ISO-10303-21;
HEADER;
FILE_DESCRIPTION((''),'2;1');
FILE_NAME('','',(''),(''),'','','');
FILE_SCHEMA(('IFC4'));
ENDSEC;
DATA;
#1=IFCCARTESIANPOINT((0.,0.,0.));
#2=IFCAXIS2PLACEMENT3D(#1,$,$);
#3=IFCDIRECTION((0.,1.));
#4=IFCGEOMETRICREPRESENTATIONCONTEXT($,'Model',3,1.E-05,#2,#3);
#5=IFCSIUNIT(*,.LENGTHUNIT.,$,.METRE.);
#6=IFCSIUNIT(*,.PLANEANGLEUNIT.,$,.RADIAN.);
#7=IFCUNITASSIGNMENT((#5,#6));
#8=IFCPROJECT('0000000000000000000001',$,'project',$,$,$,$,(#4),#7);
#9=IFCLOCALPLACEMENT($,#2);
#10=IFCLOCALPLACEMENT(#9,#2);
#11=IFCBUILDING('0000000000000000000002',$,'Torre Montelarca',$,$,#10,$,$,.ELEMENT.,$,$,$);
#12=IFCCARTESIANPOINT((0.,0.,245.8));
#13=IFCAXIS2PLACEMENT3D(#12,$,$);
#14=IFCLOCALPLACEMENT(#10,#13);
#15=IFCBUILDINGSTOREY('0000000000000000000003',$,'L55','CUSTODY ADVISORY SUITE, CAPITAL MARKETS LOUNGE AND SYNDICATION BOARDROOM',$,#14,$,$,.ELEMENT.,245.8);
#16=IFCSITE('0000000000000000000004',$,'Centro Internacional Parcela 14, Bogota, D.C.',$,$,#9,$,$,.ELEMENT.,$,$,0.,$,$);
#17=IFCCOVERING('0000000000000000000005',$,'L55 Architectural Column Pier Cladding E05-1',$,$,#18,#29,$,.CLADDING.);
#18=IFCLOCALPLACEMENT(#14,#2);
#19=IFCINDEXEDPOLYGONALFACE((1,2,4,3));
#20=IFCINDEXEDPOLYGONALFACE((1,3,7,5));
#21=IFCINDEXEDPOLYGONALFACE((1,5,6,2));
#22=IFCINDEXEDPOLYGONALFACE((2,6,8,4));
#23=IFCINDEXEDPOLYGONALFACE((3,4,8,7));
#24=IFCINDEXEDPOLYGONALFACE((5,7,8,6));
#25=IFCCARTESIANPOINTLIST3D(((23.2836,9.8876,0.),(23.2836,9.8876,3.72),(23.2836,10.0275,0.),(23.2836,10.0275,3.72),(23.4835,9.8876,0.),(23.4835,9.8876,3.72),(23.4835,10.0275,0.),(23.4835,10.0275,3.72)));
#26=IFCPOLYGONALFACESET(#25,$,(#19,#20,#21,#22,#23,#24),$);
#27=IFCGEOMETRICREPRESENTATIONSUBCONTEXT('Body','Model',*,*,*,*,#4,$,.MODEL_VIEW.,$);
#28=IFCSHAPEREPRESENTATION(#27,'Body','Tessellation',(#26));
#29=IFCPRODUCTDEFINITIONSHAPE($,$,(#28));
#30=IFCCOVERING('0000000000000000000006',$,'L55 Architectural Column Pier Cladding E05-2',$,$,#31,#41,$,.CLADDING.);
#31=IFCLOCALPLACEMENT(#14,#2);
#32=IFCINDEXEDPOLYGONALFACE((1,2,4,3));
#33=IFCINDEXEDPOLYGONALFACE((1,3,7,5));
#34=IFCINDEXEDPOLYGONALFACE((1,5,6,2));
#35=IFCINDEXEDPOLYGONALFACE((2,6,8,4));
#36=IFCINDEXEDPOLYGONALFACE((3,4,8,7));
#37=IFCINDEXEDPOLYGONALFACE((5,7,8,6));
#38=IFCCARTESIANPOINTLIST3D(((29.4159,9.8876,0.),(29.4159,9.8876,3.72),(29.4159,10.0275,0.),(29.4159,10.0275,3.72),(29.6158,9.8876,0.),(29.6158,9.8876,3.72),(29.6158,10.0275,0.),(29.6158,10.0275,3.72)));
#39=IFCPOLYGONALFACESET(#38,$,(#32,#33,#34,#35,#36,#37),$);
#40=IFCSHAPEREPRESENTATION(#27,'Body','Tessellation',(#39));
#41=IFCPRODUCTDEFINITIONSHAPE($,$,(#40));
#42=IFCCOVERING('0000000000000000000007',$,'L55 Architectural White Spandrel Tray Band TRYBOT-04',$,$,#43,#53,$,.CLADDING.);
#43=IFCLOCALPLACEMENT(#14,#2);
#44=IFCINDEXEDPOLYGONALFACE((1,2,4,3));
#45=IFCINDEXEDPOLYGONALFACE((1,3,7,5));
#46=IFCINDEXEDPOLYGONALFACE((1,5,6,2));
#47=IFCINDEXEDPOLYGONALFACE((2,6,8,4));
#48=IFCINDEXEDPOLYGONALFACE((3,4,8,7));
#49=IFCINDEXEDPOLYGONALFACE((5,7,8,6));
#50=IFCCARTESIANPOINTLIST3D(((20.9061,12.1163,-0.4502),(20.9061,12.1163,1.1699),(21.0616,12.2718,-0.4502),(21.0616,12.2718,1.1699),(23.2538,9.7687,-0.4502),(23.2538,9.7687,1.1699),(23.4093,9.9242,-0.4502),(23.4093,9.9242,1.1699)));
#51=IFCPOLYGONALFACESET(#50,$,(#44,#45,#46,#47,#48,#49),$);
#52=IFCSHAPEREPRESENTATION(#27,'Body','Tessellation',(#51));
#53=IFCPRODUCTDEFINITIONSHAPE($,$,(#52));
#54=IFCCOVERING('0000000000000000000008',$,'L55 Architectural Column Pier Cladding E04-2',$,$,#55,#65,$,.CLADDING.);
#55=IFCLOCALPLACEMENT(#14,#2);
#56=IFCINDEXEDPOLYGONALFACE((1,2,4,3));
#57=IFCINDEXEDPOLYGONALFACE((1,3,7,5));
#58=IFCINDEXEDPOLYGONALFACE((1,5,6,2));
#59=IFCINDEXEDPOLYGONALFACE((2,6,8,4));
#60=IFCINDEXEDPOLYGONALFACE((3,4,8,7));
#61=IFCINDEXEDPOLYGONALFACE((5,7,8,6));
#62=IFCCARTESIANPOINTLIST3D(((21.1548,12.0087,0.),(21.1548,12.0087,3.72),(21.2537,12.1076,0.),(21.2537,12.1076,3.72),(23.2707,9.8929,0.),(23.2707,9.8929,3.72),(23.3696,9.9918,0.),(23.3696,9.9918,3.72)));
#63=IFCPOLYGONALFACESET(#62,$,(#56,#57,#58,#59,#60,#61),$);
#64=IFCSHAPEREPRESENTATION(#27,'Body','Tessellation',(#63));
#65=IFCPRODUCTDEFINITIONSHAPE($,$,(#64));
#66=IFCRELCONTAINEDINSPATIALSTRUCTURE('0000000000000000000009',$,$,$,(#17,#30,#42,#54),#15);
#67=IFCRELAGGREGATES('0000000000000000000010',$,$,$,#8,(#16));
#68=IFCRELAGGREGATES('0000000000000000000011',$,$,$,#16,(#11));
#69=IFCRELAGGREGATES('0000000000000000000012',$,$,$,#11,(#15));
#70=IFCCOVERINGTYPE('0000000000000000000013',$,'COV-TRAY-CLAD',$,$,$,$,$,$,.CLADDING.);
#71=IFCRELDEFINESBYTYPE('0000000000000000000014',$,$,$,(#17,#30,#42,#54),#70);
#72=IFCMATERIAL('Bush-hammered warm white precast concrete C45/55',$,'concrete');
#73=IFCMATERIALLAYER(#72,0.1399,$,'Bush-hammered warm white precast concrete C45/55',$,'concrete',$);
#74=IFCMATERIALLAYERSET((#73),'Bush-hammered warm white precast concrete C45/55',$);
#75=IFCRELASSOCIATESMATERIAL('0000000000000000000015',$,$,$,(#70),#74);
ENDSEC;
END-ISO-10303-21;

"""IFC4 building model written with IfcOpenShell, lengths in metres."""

from ifc_helpers import new_model, si_unit, direction, frame, origin, origin_2d, place, context, subcontext, project, spatial, rectangle, extrude, source, transform, mapped, material, layer, layer_set, type_object, element, save


model = new_model("IFC4")

# Units and contexts
model_context = context("Model", 3, precision=1e-05, world=origin(), true_north=direction((0.0, 1.0)))
body_context = subcontext(model_context, "Body", "Model", "MODEL_VIEW")
ifc_project = project(units=[si_unit("LENGTHUNIT", "METRE"), si_unit("PLANEANGLEUNIT", "RADIAN")], contexts=[model_context])

# Site, building, storey
site_placement = place(None, origin())
site = spatial("IfcSite", under=ifc_project, at=site_placement, Name="Centro Internacional Parcela 14, Bogota, D.C.", CompositionType="ELEMENT", RefElevation=0.0)
building_placement = place(site_placement, origin())
building = spatial("IfcBuilding", under=site, at=building_placement, Name="Torre Montelarca", CompositionType="ELEMENT")
storey_placement = place(building_placement, frame((0.0, 0.0, 245.8)))
storey = spatial("IfcBuildingStorey", under=building, at=storey_placement, Name="L55", Description="CUSTODY ADVISORY SUITE, CAPITAL MARKETS LOUNGE AND SYNDICATION BOARDROOM", CompositionType="ELEMENT", Elevation=245.8)

# Coverings
ifc_material_1 = material(Name="Bush-hammered warm white precast concrete C45/55", Category="concrete")
ifc_layer_1 = layer(ifc_material_1, 0.1399, Name="Bush-hammered warm white precast concrete C45/55", Category="concrete")
ifc_layer_set_1 = layer_set([ifc_layer_1], Name="Bush-hammered warm white precast concrete C45/55")
covering_type = type_object("IfcCoveringType", Name="COV-TRAY-CLAD", PredefinedType="CLADDING", material=ifc_layer_set_1)
shared_shape_1 = source(origin(), body_context, "Body", "SweptSolid", [
    extrude(rectangle(XDim=0.2, YDim=0.1399, at=origin_2d()), origin(), (0.0, 0.0, 1.0), 3.72),
])
for number, where, z_axis, x_axis, name in (
    (1, (23.3835, 9.9575, 0.0), (0.0, 0.0, 1.0), (1.0, 0.0, 0.0), "L55 Architectural Column Pier Cladding E05-1"),
    (2, (29.5159, 9.9575, 0.0), (0.0, 0.0, 1.0), (1.0, 0.0, 0.0), "L55 Architectural Column Pier Cladding E05-2"),
):
    element("IfcCovering", number, at=place(storey_placement, frame(where, z_axis=z_axis, x_axis=x_axis)), inside=storey, type_object=covering_type, Name=name, PredefinedType="CLADDING", context=body_context, shape_type="MappedRepresentation", body=[
        mapped(shared_shape_1, transform((0.0, 0.0, 0.0), scale=1.0)),
    ])
shared_shape_2 = source(origin(), body_context, "Body", "SweptSolid", [
    extrude(rectangle(XDim=3.3201, YDim=0.22, at=origin_2d()), origin(), (0.0, 0.0, 1.0), 1.6201),
])
covering_1_placement = place(storey_placement, frame((22.1577, 11.0203, -0.4502), z_axis=(0.0, 0.0, 1.0), x_axis=(0.707123, -0.707091, 0.0)))
element("IfcCovering", 3, at=covering_1_placement, inside=storey, type_object=covering_type, Name="L55 Architectural White Spandrel Tray Band TRYBOT-04", PredefinedType="CLADDING", context=body_context, shape_type="MappedRepresentation", body=[
    mapped(shared_shape_2, transform((0.0, 0.0, 0.0), scale=1.0)),
])
shared_shape_3 = source(origin(), body_context, "Body", "SweptSolid", [
    extrude(rectangle(XDim=2.9922, YDim=0.1399, at=origin_2d()), origin(), (0.0, 0.0, 1.0), 3.72),
])
covering_2_placement = place(storey_placement, frame((22.2622, 11.0002, 0.0), z_axis=(0.0, 0.0, 1.0), x_axis=(0.707124, -0.70709, 0.0)))
element("IfcCovering", 4, at=covering_2_placement, inside=storey, type_object=covering_type, Name="L55 Architectural Column Pier Cladding E04-2", PredefinedType="CLADDING", context=body_context, shape_type="MappedRepresentation", body=[
    mapped(shared_shape_3, transform((0.0, 0.0, 0.0), scale=1.0)),
])

save(model, "model.ifc")
